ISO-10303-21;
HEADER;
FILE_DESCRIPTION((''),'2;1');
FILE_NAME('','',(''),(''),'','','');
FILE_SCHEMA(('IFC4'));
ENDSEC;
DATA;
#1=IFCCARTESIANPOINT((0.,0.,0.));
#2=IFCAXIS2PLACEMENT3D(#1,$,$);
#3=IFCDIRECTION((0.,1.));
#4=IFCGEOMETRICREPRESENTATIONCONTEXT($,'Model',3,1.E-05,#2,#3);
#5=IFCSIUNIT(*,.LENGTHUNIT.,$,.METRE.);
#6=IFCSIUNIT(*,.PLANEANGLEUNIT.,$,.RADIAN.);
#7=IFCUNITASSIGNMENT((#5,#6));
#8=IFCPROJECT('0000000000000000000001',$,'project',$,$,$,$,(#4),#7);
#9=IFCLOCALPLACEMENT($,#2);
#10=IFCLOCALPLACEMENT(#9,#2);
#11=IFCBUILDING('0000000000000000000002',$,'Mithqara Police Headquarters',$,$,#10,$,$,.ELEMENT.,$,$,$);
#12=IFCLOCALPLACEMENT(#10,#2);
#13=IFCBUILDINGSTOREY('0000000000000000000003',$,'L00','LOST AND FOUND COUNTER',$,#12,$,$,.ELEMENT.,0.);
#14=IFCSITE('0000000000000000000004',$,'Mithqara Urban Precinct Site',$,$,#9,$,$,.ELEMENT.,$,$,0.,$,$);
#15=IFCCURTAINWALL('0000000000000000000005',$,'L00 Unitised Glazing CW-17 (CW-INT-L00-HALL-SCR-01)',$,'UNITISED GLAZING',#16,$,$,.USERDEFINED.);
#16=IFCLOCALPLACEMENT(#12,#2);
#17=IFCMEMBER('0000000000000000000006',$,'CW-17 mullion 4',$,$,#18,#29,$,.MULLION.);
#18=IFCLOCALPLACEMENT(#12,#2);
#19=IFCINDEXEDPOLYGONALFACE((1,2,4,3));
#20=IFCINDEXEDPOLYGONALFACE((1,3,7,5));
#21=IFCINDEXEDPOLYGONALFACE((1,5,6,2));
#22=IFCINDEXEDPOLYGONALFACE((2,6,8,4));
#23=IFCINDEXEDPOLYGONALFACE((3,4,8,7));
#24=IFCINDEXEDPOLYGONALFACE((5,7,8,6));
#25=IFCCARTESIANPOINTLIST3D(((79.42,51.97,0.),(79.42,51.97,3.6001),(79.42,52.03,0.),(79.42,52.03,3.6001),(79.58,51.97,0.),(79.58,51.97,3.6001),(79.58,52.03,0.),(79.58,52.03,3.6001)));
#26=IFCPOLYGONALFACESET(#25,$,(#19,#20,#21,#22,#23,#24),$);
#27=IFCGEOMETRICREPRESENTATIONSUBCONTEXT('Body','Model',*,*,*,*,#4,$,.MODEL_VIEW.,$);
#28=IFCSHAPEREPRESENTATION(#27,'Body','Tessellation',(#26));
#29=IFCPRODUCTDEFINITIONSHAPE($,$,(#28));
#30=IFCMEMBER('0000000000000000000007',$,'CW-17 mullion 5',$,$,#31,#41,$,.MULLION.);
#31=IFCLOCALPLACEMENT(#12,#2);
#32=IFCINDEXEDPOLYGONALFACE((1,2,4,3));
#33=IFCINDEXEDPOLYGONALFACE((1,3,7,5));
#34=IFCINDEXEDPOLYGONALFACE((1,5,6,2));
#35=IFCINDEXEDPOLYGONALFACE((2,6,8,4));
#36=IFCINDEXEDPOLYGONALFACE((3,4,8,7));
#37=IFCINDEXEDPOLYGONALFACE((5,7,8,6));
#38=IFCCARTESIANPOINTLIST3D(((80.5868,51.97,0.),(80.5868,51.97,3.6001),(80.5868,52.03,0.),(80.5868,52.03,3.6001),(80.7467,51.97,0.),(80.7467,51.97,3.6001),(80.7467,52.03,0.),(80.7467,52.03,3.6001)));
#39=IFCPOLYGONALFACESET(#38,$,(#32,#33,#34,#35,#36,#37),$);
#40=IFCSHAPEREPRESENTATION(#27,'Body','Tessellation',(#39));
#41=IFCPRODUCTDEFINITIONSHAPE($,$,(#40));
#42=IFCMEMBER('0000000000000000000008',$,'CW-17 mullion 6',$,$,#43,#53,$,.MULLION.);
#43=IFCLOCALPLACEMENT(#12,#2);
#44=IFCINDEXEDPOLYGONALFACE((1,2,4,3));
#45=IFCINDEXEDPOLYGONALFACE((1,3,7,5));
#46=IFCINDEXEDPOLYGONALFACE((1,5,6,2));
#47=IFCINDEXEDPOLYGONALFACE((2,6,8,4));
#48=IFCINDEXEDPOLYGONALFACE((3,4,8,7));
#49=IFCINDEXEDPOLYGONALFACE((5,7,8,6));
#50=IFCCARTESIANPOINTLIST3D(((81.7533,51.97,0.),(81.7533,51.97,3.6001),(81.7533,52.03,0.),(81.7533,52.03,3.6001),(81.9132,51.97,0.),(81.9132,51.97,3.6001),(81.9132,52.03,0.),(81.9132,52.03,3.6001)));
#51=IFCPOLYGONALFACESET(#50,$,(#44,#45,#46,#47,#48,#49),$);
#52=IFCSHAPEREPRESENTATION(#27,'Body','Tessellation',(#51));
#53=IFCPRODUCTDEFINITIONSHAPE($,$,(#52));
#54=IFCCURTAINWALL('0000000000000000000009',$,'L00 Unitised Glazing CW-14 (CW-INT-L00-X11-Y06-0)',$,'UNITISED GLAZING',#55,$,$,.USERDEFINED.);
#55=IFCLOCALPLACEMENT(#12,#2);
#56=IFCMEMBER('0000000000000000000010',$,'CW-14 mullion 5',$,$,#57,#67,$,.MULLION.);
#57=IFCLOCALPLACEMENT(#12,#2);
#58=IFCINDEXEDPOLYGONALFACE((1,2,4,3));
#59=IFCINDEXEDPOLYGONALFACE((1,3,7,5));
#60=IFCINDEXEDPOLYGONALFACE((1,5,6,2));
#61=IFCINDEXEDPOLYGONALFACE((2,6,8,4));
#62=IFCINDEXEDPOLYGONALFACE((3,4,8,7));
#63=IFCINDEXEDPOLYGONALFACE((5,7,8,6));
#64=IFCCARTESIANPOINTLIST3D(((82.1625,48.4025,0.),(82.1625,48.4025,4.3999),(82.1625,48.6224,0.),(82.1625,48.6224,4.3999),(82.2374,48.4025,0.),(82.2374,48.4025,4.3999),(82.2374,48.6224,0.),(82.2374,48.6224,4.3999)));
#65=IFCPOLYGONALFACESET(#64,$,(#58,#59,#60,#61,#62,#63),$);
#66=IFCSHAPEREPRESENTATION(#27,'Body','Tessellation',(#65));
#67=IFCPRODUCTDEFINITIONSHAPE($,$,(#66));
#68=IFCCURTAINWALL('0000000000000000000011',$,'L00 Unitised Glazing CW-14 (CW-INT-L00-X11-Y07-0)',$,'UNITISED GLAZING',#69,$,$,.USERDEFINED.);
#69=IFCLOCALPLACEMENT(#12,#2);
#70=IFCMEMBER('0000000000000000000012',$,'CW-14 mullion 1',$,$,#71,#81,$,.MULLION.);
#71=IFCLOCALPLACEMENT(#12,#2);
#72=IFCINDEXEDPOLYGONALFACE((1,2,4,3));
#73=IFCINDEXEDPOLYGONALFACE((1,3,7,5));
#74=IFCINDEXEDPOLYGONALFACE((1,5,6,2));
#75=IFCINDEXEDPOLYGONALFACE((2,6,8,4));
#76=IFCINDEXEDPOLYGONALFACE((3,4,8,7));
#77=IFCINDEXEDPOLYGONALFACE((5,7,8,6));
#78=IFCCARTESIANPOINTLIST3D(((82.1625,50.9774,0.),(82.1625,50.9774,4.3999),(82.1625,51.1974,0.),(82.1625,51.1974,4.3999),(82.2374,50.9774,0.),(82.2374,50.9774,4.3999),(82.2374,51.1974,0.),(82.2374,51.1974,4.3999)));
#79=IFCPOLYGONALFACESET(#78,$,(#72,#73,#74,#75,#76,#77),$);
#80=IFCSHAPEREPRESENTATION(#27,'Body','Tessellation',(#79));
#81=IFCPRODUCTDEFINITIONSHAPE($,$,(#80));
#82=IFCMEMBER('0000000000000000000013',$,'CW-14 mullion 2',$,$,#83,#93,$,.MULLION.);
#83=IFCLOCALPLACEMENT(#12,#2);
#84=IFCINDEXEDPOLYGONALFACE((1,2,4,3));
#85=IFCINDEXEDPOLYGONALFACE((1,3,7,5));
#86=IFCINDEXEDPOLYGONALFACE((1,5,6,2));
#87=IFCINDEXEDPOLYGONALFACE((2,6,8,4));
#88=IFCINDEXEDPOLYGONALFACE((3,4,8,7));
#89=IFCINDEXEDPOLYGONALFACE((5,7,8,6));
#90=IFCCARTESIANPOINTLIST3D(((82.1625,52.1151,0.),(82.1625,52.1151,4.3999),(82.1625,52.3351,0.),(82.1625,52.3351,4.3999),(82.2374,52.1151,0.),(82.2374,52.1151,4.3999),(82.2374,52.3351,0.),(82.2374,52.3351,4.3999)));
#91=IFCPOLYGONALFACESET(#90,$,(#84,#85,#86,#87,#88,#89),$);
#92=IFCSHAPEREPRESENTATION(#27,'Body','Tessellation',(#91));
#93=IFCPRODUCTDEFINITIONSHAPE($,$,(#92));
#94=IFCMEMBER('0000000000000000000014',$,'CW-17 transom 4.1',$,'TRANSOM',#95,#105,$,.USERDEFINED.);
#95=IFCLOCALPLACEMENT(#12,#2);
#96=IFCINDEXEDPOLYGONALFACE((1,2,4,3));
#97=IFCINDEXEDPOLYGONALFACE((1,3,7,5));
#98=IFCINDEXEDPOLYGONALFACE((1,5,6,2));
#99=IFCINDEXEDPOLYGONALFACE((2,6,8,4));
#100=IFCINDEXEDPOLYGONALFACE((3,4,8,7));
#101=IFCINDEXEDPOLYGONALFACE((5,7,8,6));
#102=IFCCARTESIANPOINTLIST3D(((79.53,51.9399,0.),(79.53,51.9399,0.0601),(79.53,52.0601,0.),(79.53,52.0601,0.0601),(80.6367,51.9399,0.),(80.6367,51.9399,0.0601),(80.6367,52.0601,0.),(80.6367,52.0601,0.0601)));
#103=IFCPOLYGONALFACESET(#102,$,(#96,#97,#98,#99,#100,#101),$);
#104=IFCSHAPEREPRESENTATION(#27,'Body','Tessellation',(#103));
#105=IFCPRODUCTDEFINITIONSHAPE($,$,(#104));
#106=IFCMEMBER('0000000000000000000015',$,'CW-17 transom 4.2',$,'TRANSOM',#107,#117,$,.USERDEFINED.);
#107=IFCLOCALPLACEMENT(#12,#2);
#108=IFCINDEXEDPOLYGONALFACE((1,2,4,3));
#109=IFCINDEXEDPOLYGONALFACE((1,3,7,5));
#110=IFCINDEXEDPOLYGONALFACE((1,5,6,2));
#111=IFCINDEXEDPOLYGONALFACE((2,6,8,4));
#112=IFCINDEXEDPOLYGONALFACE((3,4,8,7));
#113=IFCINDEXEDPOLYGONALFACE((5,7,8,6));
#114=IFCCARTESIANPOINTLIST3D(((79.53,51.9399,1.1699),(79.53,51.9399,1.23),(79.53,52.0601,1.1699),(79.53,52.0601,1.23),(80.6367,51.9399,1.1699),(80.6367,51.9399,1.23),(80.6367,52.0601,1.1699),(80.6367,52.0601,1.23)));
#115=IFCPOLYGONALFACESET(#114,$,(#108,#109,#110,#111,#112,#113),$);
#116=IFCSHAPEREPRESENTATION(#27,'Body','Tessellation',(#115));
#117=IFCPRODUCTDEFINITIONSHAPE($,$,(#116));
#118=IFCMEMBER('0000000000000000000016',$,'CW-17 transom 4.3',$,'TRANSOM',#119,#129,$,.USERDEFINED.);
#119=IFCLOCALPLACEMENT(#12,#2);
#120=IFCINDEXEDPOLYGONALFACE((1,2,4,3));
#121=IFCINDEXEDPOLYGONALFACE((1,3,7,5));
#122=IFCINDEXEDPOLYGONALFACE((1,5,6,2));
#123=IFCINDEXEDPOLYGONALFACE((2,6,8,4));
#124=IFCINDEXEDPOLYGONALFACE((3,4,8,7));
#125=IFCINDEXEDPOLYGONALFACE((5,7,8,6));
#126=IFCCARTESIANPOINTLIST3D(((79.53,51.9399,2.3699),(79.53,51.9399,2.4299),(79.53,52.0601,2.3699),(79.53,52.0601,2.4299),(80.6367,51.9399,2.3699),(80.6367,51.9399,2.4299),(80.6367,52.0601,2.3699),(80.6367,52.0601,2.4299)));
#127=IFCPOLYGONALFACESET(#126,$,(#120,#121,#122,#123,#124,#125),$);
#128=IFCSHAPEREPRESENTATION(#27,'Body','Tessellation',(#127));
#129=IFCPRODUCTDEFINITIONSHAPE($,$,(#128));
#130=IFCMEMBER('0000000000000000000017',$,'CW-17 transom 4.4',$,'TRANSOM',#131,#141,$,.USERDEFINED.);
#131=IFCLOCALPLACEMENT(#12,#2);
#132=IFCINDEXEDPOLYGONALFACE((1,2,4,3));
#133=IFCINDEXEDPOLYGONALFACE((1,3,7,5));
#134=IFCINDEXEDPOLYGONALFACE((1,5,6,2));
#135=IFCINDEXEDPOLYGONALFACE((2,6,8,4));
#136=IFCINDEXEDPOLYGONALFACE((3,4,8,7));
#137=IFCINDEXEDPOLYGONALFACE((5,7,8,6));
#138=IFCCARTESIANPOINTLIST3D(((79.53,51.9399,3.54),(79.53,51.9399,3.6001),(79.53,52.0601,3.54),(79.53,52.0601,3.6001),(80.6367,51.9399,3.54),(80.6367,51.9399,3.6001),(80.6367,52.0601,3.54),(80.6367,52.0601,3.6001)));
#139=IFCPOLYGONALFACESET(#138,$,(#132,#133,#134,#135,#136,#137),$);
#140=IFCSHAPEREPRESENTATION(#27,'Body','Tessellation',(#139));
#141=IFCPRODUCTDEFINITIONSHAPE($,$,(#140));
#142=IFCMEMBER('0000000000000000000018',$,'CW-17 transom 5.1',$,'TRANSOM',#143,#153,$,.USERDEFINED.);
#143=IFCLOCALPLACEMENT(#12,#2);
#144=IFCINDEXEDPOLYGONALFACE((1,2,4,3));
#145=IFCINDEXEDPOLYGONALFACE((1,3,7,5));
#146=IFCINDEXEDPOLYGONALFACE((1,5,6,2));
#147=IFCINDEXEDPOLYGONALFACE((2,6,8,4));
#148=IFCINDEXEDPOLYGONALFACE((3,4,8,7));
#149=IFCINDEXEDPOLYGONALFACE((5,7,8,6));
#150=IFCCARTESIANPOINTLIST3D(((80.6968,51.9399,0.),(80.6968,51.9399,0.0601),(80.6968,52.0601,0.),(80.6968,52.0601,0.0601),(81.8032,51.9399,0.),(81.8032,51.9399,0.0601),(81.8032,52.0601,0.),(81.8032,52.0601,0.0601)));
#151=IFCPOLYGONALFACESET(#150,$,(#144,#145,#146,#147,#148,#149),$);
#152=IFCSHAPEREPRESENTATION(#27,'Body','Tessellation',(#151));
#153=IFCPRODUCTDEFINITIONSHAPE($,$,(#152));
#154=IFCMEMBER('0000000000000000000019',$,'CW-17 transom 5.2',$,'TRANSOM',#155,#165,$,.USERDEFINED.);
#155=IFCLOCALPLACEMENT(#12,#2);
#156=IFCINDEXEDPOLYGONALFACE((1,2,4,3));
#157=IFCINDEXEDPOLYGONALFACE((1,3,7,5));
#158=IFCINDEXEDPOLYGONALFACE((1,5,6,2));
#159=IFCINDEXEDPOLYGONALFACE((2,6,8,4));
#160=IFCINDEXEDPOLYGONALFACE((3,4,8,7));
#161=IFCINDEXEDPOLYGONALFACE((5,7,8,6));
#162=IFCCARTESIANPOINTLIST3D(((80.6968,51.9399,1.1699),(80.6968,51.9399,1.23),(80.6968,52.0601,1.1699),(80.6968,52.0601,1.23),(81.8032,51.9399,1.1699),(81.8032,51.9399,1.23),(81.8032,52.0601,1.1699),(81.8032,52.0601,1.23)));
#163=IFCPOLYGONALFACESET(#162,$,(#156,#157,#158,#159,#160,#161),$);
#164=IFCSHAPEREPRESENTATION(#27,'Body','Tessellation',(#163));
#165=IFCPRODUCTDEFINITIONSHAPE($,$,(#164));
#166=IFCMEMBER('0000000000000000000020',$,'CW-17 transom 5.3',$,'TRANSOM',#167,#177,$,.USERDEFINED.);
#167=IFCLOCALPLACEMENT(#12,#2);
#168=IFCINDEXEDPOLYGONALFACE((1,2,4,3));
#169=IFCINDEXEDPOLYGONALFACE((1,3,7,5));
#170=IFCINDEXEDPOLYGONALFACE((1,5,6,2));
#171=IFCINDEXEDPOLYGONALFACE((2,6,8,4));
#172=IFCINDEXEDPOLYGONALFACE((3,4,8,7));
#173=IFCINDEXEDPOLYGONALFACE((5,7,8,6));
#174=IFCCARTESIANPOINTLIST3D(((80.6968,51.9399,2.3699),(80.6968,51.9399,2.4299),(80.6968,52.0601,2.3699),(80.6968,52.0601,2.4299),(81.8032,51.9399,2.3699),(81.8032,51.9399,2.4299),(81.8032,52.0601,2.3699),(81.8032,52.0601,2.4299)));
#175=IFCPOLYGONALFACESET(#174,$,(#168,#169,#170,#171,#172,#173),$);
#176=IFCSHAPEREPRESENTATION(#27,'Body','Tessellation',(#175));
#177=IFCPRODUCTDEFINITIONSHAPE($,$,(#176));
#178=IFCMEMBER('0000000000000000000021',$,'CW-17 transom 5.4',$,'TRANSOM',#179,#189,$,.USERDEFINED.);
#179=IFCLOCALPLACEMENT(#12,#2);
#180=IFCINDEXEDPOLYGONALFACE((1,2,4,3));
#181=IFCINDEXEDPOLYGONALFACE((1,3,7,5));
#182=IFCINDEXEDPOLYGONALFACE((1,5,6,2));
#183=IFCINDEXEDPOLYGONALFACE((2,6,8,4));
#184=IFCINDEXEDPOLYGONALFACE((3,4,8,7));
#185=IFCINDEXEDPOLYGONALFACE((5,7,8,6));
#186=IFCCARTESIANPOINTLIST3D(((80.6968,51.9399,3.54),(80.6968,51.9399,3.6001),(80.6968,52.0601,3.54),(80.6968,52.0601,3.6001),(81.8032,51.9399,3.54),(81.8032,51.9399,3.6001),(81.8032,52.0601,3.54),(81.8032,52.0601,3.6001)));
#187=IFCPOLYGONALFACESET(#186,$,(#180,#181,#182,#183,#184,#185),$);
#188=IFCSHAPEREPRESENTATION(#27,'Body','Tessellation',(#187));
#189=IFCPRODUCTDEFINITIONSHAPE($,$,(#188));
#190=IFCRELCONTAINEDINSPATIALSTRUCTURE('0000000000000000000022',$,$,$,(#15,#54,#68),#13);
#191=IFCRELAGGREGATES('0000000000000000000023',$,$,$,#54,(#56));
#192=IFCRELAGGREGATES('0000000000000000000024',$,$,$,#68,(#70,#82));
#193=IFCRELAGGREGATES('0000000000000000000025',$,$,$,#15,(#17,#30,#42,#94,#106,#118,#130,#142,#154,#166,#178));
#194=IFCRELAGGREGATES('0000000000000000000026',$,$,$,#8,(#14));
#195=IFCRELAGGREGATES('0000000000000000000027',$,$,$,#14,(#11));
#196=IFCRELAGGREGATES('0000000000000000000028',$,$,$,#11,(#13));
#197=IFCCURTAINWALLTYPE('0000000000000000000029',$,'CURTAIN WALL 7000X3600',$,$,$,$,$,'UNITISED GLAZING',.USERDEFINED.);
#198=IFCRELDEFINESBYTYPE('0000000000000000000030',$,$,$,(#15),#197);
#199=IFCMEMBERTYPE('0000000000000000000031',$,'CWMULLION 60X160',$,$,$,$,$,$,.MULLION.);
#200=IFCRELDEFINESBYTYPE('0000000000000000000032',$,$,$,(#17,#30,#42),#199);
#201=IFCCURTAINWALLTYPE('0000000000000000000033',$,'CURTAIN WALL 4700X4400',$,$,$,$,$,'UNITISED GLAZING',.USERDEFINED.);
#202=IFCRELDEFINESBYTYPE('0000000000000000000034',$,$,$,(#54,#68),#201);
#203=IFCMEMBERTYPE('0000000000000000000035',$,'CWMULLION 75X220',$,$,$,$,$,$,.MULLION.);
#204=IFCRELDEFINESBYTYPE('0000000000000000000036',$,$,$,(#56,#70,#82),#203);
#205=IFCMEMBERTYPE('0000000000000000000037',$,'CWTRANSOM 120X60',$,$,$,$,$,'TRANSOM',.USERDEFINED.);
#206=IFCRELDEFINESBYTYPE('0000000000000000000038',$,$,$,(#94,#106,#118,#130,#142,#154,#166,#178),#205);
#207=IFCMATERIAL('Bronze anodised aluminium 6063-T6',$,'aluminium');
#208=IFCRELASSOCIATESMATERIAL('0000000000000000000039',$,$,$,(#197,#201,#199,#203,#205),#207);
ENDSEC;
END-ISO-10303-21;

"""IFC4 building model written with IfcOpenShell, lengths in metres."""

from ifc_helpers import new_model, si_unit, direction, frame, origin, origin_2d, place, context, subcontext, project, spatial, rectangle, extrude, material, material_profile, profile_set, type_object, element, aggregate, save


model = new_model("IFC4")

# Units and contexts
model_context = context("Model", 3, precision=1e-05, world=origin(), true_north=direction((0.0, 1.0)))
body_context = subcontext(model_context, "Body", "Model", "MODEL_VIEW")
ifc_project = project(units=[si_unit("LENGTHUNIT", "METRE"), si_unit("PLANEANGLEUNIT", "RADIAN")], contexts=[model_context])

# Site, building, storey
site_placement = place(None, origin())
site = spatial("IfcSite", under=ifc_project, at=site_placement, Name="Mithqara Urban Precinct Site", CompositionType="ELEMENT", RefElevation=0.0)
building_placement = place(site_placement, origin())
building = spatial("IfcBuilding", under=site, at=building_placement, Name="Mithqara Police Headquarters", CompositionType="ELEMENT")
storey_placement = place(building_placement, origin())
storey = spatial("IfcBuildingStorey", under=building, at=storey_placement, Name="L00", Description="LOST AND FOUND COUNTER", CompositionType="ELEMENT", Elevation=0.0)

# Curtain wall, members
ifc_material_1 = material(Name="Bronze anodised aluminium 6063-T6", Category="aluminium")
curtain_wall_type_1 = type_object("IfcCurtainWallType", Name="CURTAIN WALL 7000X3600", ElementType="UNITISED GLAZING", PredefinedType="USERDEFINED", material=ifc_material_1)
curtain_wall_1_placement = place(storey_placement, origin())
curtain_wall_1 = element("IfcCurtainWall", 1, at=curtain_wall_1_placement, inside=storey, type_object=curtain_wall_type_1, Name="L00 Unitised Glazing CW-17 (CW-INT-L00-HALL-SCR-01)", ObjectType="UNITISED GLAZING", PredefinedType="USERDEFINED")
ifc_material_profile_1 = material_profile(ifc_material_1, rectangle(XDim=0.0601, YDim=0.1599, at=origin_2d()), Name="CWM 60x160")
ifc_profile_set_1 = profile_set([ifc_material_profile_1], Name="Bronze anodised aluminium 6063-T6")
member_type_1 = type_object("IfcMemberType", Name="CWMULLION 60X160", PredefinedType="MULLION", material=ifc_profile_set_1)
member_1_placement = place(storey_placement, frame((79.5, 52.0, 0.0), z_axis=(0.0, 0.0, 1.0), x_axis=(0.0, 1.0, 0.0)))
member_1 = element("IfcMember", 2, at=member_1_placement, type_object=member_type_1, Name="CW-17 mullion 4", PredefinedType="MULLION", context=body_context, shape_type="SweptSolid", body=[
    extrude(rectangle(XDim=0.0601, YDim=0.1599, at=origin_2d()), origin(), (0.0, 0.0, 1.0), 3.6001),
])
member_2_placement = place(storey_placement, frame((80.6667, 52.0, 0.0), z_axis=(0.0, 0.0, 1.0), x_axis=(0.0, 1.0, 0.0)))
member_2 = element("IfcMember", 3, at=member_2_placement, type_object=member_type_1, Name="CW-17 mullion 5", PredefinedType="MULLION", context=body_context, shape_type="SweptSolid", body=[
    extrude(rectangle(XDim=0.0601, YDim=0.1599, at=origin_2d()), origin(), (0.0, 0.0, 1.0), 3.6001),
])
member_3_placement = place(storey_placement, frame((81.8333, 52.0, 0.0), z_axis=(0.0, 0.0, 1.0), x_axis=(0.0, 1.0, 0.0)))
member_3 = element("IfcMember", 4, at=member_3_placement, type_object=member_type_1, Name="CW-17 mullion 6", PredefinedType="MULLION", context=body_context, shape_type="SweptSolid", body=[
    extrude(rectangle(XDim=0.0601, YDim=0.1599, at=origin_2d()), origin(), (0.0, 0.0, 1.0), 3.6001),
])

# Curtain wall, member
curtain_wall_type_2 = type_object("IfcCurtainWallType", Name="CURTAIN WALL 4700X4400", ElementType="UNITISED GLAZING", PredefinedType="USERDEFINED", material=ifc_material_1)
curtain_wall_2_placement = place(storey_placement, origin())
curtain_wall_2 = element("IfcCurtainWall", 5, at=curtain_wall_2_placement, inside=storey, type_object=curtain_wall_type_2, Name="L00 Unitised Glazing CW-14 (CW-INT-L00-X11-Y06-0)", ObjectType="UNITISED GLAZING", PredefinedType="USERDEFINED")
ifc_material_profile_2 = material_profile(ifc_material_1, rectangle(XDim=0.075, YDim=0.22, at=origin_2d()), Name="CWM 75x220")
ifc_profile_set_2 = profile_set([ifc_material_profile_2], Name="Bronze anodised aluminium 6063-T6")
member_type_2 = type_object("IfcMemberType", Name="CWMULLION 75X220", PredefinedType="MULLION", material=ifc_profile_set_2)
member_4_placement = place(storey_placement, frame((82.2, 48.5125, 0.0), z_axis=(0.0, 0.0, 1.0), x_axis=(-1.0, 0.0, 0.0)))
member_4 = element("IfcMember", 6, at=member_4_placement, type_object=member_type_2, Name="CW-14 mullion 5", PredefinedType="MULLION", context=body_context, shape_type="SweptSolid", body=[
    extrude(rectangle(XDim=0.075, YDim=0.22, at=origin_2d()), origin(), (0.0, 0.0, 1.0), 4.3999),
])

# Curtain wall, members
curtain_wall_3_placement = place(storey_placement, origin())
curtain_wall_3 = element("IfcCurtainWall", 7, at=curtain_wall_3_placement, inside=storey, type_object=curtain_wall_type_2, Name="L00 Unitised Glazing CW-14 (CW-INT-L00-X11-Y07-0)", ObjectType="UNITISED GLAZING", PredefinedType="USERDEFINED")
member_5_placement = place(storey_placement, frame((82.2, 51.0874, 0.0), z_axis=(0.0, 0.0, 1.0), x_axis=(-1.0, 0.0, 0.0)))
member_5 = element("IfcMember", 8, at=member_5_placement, type_object=member_type_2, Name="CW-14 mullion 1", PredefinedType="MULLION", context=body_context, shape_type="SweptSolid", body=[
    extrude(rectangle(XDim=0.075, YDim=0.22, at=origin_2d()), origin(), (0.0, 0.0, 1.0), 4.3999),
])
member_6_placement = place(storey_placement, frame((82.2, 52.2251, 0.0), z_axis=(0.0, 0.0, 1.0), x_axis=(-1.0, 0.0, 0.0)))
member_6 = element("IfcMember", 9, at=member_6_placement, type_object=member_type_2, Name="CW-14 mullion 2", PredefinedType="MULLION", context=body_context, shape_type="SweptSolid", body=[
    extrude(rectangle(XDim=0.075, YDim=0.22, at=origin_2d()), origin(), (0.0, 0.0, 1.0), 4.3999),
])

# Members
ifc_material_profile_3 = material_profile(ifc_material_1, rectangle(XDim=0.1201, YDim=0.0601, at=origin_2d()), Name="CWT 120x60")
ifc_profile_set_3 = profile_set([ifc_material_profile_3], Name="Bronze anodised aluminium 6063-T6")
member_type_3 = type_object("IfcMemberType", Name="CWTRANSOM 120X60", ElementType="TRANSOM", PredefinedType="USERDEFINED", material=ifc_profile_set_3)
member_7_placement = place(storey_placement, frame((79.53, 52.0, 0.03), z_axis=(1.0, 0.0, 0.0), x_axis=(0.0, 1.0, 0.0)))
member_7 = element("IfcMember", 10, at=member_7_placement, type_object=member_type_3, Name="CW-17 transom 4.1", ObjectType="TRANSOM", PredefinedType="USERDEFINED", context=body_context, shape_type="SweptSolid", body=[
    extrude(rectangle(XDim=0.1201, YDim=0.0601, at=origin_2d()), origin(), (0.0, 0.0, 1.0), 1.1067),
])
member_8_placement = place(storey_placement, frame((79.53, 52.0, 1.2), z_axis=(1.0, 0.0, 0.0), x_axis=(0.0, 1.0, 0.0)))
member_8 = element("IfcMember", 11, at=member_8_placement, type_object=member_type_3, Name="CW-17 transom 4.2", ObjectType="TRANSOM", PredefinedType="USERDEFINED", context=body_context, shape_type="SweptSolid", body=[
    extrude(rectangle(XDim=0.1201, YDim=0.0601, at=origin_2d()), origin(), (0.0, 0.0, 1.0), 1.1067),
])
member_9_placement = place(storey_placement, frame((79.53, 52.0, 2.3999), z_axis=(1.0, 0.0, 0.0), x_axis=(0.0, 1.0, 0.0)))
member_9 = element("IfcMember", 12, at=member_9_placement, type_object=member_type_3, Name="CW-17 transom 4.3", ObjectType="TRANSOM", PredefinedType="USERDEFINED", context=body_context, shape_type="SweptSolid", body=[
    extrude(rectangle(XDim=0.1201, YDim=0.0601, at=origin_2d()), origin(), (0.0, 0.0, 1.0), 1.1067),
])
member_10_placement = place(storey_placement, frame((79.53, 52.0, 3.5701), z_axis=(1.0, 0.0, 0.0), x_axis=(0.0, 1.0, 0.0)))
member_10 = element("IfcMember", 13, at=member_10_placement, type_object=member_type_3, Name="CW-17 transom 4.4", ObjectType="TRANSOM", PredefinedType="USERDEFINED", context=body_context, shape_type="SweptSolid", body=[
    extrude(rectangle(XDim=0.1201, YDim=0.0601, at=origin_2d()), origin(), (0.0, 0.0, 1.0), 1.1067),
])
member_11_placement = place(storey_placement, frame((80.6968, 52.0, 0.03), z_axis=(1.0, 0.0, 0.0), x_axis=(0.0, 1.0, 0.0)))
member_11 = element("IfcMember", 14, at=member_11_placement, type_object=member_type_3, Name="CW-17 transom 5.1", ObjectType="TRANSOM", PredefinedType="USERDEFINED", context=body_context, shape_type="SweptSolid", body=[
    extrude(rectangle(XDim=0.1201, YDim=0.0601, at=origin_2d()), origin(), (0.0, 0.0, 1.0), 1.1064),
])
member_12_placement = place(storey_placement, frame((80.6968, 52.0, 1.2), z_axis=(1.0, 0.0, 0.0), x_axis=(0.0, 1.0, 0.0)))
member_12 = element("IfcMember", 15, at=member_12_placement, type_object=member_type_3, Name="CW-17 transom 5.2", ObjectType="TRANSOM", PredefinedType="USERDEFINED", context=body_context, shape_type="SweptSolid", body=[
    extrude(rectangle(XDim=0.1201, YDim=0.0601, at=origin_2d()), origin(), (0.0, 0.0, 1.0), 1.1064),
])
member_13_placement = place(storey_placement, frame((80.6968, 52.0, 2.3999), z_axis=(1.0, 0.0, 0.0), x_axis=(0.0, 1.0, 0.0)))
member_13 = element("IfcMember", 16, at=member_13_placement, type_object=member_type_3, Name="CW-17 transom 5.3", ObjectType="TRANSOM", PredefinedType="USERDEFINED", context=body_context, shape_type="SweptSolid", body=[
    extrude(rectangle(XDim=0.1201, YDim=0.0601, at=origin_2d()), origin(), (0.0, 0.0, 1.0), 1.1064),
])
member_14_placement = place(storey_placement, frame((80.6968, 52.0, 3.5701), z_axis=(1.0, 0.0, 0.0), x_axis=(0.0, 1.0, 0.0)))
member_14 = element("IfcMember", 17, at=member_14_placement, type_object=member_type_3, Name="CW-17 transom 5.4", ObjectType="TRANSOM", PredefinedType="USERDEFINED", context=body_context, shape_type="SweptSolid", body=[
    extrude(rectangle(XDim=0.1201, YDim=0.0601, at=origin_2d()), origin(), (0.0, 0.0, 1.0), 1.1064),
])

aggregate(curtain_wall_2, [member_4])
aggregate(curtain_wall_3, [member_5, member_6])
aggregate(curtain_wall_1, [member_1, member_2, member_3, member_7, member_8, member_9, member_10, member_11, member_12, member_13, member_14])

save(model, "model.ifc")
